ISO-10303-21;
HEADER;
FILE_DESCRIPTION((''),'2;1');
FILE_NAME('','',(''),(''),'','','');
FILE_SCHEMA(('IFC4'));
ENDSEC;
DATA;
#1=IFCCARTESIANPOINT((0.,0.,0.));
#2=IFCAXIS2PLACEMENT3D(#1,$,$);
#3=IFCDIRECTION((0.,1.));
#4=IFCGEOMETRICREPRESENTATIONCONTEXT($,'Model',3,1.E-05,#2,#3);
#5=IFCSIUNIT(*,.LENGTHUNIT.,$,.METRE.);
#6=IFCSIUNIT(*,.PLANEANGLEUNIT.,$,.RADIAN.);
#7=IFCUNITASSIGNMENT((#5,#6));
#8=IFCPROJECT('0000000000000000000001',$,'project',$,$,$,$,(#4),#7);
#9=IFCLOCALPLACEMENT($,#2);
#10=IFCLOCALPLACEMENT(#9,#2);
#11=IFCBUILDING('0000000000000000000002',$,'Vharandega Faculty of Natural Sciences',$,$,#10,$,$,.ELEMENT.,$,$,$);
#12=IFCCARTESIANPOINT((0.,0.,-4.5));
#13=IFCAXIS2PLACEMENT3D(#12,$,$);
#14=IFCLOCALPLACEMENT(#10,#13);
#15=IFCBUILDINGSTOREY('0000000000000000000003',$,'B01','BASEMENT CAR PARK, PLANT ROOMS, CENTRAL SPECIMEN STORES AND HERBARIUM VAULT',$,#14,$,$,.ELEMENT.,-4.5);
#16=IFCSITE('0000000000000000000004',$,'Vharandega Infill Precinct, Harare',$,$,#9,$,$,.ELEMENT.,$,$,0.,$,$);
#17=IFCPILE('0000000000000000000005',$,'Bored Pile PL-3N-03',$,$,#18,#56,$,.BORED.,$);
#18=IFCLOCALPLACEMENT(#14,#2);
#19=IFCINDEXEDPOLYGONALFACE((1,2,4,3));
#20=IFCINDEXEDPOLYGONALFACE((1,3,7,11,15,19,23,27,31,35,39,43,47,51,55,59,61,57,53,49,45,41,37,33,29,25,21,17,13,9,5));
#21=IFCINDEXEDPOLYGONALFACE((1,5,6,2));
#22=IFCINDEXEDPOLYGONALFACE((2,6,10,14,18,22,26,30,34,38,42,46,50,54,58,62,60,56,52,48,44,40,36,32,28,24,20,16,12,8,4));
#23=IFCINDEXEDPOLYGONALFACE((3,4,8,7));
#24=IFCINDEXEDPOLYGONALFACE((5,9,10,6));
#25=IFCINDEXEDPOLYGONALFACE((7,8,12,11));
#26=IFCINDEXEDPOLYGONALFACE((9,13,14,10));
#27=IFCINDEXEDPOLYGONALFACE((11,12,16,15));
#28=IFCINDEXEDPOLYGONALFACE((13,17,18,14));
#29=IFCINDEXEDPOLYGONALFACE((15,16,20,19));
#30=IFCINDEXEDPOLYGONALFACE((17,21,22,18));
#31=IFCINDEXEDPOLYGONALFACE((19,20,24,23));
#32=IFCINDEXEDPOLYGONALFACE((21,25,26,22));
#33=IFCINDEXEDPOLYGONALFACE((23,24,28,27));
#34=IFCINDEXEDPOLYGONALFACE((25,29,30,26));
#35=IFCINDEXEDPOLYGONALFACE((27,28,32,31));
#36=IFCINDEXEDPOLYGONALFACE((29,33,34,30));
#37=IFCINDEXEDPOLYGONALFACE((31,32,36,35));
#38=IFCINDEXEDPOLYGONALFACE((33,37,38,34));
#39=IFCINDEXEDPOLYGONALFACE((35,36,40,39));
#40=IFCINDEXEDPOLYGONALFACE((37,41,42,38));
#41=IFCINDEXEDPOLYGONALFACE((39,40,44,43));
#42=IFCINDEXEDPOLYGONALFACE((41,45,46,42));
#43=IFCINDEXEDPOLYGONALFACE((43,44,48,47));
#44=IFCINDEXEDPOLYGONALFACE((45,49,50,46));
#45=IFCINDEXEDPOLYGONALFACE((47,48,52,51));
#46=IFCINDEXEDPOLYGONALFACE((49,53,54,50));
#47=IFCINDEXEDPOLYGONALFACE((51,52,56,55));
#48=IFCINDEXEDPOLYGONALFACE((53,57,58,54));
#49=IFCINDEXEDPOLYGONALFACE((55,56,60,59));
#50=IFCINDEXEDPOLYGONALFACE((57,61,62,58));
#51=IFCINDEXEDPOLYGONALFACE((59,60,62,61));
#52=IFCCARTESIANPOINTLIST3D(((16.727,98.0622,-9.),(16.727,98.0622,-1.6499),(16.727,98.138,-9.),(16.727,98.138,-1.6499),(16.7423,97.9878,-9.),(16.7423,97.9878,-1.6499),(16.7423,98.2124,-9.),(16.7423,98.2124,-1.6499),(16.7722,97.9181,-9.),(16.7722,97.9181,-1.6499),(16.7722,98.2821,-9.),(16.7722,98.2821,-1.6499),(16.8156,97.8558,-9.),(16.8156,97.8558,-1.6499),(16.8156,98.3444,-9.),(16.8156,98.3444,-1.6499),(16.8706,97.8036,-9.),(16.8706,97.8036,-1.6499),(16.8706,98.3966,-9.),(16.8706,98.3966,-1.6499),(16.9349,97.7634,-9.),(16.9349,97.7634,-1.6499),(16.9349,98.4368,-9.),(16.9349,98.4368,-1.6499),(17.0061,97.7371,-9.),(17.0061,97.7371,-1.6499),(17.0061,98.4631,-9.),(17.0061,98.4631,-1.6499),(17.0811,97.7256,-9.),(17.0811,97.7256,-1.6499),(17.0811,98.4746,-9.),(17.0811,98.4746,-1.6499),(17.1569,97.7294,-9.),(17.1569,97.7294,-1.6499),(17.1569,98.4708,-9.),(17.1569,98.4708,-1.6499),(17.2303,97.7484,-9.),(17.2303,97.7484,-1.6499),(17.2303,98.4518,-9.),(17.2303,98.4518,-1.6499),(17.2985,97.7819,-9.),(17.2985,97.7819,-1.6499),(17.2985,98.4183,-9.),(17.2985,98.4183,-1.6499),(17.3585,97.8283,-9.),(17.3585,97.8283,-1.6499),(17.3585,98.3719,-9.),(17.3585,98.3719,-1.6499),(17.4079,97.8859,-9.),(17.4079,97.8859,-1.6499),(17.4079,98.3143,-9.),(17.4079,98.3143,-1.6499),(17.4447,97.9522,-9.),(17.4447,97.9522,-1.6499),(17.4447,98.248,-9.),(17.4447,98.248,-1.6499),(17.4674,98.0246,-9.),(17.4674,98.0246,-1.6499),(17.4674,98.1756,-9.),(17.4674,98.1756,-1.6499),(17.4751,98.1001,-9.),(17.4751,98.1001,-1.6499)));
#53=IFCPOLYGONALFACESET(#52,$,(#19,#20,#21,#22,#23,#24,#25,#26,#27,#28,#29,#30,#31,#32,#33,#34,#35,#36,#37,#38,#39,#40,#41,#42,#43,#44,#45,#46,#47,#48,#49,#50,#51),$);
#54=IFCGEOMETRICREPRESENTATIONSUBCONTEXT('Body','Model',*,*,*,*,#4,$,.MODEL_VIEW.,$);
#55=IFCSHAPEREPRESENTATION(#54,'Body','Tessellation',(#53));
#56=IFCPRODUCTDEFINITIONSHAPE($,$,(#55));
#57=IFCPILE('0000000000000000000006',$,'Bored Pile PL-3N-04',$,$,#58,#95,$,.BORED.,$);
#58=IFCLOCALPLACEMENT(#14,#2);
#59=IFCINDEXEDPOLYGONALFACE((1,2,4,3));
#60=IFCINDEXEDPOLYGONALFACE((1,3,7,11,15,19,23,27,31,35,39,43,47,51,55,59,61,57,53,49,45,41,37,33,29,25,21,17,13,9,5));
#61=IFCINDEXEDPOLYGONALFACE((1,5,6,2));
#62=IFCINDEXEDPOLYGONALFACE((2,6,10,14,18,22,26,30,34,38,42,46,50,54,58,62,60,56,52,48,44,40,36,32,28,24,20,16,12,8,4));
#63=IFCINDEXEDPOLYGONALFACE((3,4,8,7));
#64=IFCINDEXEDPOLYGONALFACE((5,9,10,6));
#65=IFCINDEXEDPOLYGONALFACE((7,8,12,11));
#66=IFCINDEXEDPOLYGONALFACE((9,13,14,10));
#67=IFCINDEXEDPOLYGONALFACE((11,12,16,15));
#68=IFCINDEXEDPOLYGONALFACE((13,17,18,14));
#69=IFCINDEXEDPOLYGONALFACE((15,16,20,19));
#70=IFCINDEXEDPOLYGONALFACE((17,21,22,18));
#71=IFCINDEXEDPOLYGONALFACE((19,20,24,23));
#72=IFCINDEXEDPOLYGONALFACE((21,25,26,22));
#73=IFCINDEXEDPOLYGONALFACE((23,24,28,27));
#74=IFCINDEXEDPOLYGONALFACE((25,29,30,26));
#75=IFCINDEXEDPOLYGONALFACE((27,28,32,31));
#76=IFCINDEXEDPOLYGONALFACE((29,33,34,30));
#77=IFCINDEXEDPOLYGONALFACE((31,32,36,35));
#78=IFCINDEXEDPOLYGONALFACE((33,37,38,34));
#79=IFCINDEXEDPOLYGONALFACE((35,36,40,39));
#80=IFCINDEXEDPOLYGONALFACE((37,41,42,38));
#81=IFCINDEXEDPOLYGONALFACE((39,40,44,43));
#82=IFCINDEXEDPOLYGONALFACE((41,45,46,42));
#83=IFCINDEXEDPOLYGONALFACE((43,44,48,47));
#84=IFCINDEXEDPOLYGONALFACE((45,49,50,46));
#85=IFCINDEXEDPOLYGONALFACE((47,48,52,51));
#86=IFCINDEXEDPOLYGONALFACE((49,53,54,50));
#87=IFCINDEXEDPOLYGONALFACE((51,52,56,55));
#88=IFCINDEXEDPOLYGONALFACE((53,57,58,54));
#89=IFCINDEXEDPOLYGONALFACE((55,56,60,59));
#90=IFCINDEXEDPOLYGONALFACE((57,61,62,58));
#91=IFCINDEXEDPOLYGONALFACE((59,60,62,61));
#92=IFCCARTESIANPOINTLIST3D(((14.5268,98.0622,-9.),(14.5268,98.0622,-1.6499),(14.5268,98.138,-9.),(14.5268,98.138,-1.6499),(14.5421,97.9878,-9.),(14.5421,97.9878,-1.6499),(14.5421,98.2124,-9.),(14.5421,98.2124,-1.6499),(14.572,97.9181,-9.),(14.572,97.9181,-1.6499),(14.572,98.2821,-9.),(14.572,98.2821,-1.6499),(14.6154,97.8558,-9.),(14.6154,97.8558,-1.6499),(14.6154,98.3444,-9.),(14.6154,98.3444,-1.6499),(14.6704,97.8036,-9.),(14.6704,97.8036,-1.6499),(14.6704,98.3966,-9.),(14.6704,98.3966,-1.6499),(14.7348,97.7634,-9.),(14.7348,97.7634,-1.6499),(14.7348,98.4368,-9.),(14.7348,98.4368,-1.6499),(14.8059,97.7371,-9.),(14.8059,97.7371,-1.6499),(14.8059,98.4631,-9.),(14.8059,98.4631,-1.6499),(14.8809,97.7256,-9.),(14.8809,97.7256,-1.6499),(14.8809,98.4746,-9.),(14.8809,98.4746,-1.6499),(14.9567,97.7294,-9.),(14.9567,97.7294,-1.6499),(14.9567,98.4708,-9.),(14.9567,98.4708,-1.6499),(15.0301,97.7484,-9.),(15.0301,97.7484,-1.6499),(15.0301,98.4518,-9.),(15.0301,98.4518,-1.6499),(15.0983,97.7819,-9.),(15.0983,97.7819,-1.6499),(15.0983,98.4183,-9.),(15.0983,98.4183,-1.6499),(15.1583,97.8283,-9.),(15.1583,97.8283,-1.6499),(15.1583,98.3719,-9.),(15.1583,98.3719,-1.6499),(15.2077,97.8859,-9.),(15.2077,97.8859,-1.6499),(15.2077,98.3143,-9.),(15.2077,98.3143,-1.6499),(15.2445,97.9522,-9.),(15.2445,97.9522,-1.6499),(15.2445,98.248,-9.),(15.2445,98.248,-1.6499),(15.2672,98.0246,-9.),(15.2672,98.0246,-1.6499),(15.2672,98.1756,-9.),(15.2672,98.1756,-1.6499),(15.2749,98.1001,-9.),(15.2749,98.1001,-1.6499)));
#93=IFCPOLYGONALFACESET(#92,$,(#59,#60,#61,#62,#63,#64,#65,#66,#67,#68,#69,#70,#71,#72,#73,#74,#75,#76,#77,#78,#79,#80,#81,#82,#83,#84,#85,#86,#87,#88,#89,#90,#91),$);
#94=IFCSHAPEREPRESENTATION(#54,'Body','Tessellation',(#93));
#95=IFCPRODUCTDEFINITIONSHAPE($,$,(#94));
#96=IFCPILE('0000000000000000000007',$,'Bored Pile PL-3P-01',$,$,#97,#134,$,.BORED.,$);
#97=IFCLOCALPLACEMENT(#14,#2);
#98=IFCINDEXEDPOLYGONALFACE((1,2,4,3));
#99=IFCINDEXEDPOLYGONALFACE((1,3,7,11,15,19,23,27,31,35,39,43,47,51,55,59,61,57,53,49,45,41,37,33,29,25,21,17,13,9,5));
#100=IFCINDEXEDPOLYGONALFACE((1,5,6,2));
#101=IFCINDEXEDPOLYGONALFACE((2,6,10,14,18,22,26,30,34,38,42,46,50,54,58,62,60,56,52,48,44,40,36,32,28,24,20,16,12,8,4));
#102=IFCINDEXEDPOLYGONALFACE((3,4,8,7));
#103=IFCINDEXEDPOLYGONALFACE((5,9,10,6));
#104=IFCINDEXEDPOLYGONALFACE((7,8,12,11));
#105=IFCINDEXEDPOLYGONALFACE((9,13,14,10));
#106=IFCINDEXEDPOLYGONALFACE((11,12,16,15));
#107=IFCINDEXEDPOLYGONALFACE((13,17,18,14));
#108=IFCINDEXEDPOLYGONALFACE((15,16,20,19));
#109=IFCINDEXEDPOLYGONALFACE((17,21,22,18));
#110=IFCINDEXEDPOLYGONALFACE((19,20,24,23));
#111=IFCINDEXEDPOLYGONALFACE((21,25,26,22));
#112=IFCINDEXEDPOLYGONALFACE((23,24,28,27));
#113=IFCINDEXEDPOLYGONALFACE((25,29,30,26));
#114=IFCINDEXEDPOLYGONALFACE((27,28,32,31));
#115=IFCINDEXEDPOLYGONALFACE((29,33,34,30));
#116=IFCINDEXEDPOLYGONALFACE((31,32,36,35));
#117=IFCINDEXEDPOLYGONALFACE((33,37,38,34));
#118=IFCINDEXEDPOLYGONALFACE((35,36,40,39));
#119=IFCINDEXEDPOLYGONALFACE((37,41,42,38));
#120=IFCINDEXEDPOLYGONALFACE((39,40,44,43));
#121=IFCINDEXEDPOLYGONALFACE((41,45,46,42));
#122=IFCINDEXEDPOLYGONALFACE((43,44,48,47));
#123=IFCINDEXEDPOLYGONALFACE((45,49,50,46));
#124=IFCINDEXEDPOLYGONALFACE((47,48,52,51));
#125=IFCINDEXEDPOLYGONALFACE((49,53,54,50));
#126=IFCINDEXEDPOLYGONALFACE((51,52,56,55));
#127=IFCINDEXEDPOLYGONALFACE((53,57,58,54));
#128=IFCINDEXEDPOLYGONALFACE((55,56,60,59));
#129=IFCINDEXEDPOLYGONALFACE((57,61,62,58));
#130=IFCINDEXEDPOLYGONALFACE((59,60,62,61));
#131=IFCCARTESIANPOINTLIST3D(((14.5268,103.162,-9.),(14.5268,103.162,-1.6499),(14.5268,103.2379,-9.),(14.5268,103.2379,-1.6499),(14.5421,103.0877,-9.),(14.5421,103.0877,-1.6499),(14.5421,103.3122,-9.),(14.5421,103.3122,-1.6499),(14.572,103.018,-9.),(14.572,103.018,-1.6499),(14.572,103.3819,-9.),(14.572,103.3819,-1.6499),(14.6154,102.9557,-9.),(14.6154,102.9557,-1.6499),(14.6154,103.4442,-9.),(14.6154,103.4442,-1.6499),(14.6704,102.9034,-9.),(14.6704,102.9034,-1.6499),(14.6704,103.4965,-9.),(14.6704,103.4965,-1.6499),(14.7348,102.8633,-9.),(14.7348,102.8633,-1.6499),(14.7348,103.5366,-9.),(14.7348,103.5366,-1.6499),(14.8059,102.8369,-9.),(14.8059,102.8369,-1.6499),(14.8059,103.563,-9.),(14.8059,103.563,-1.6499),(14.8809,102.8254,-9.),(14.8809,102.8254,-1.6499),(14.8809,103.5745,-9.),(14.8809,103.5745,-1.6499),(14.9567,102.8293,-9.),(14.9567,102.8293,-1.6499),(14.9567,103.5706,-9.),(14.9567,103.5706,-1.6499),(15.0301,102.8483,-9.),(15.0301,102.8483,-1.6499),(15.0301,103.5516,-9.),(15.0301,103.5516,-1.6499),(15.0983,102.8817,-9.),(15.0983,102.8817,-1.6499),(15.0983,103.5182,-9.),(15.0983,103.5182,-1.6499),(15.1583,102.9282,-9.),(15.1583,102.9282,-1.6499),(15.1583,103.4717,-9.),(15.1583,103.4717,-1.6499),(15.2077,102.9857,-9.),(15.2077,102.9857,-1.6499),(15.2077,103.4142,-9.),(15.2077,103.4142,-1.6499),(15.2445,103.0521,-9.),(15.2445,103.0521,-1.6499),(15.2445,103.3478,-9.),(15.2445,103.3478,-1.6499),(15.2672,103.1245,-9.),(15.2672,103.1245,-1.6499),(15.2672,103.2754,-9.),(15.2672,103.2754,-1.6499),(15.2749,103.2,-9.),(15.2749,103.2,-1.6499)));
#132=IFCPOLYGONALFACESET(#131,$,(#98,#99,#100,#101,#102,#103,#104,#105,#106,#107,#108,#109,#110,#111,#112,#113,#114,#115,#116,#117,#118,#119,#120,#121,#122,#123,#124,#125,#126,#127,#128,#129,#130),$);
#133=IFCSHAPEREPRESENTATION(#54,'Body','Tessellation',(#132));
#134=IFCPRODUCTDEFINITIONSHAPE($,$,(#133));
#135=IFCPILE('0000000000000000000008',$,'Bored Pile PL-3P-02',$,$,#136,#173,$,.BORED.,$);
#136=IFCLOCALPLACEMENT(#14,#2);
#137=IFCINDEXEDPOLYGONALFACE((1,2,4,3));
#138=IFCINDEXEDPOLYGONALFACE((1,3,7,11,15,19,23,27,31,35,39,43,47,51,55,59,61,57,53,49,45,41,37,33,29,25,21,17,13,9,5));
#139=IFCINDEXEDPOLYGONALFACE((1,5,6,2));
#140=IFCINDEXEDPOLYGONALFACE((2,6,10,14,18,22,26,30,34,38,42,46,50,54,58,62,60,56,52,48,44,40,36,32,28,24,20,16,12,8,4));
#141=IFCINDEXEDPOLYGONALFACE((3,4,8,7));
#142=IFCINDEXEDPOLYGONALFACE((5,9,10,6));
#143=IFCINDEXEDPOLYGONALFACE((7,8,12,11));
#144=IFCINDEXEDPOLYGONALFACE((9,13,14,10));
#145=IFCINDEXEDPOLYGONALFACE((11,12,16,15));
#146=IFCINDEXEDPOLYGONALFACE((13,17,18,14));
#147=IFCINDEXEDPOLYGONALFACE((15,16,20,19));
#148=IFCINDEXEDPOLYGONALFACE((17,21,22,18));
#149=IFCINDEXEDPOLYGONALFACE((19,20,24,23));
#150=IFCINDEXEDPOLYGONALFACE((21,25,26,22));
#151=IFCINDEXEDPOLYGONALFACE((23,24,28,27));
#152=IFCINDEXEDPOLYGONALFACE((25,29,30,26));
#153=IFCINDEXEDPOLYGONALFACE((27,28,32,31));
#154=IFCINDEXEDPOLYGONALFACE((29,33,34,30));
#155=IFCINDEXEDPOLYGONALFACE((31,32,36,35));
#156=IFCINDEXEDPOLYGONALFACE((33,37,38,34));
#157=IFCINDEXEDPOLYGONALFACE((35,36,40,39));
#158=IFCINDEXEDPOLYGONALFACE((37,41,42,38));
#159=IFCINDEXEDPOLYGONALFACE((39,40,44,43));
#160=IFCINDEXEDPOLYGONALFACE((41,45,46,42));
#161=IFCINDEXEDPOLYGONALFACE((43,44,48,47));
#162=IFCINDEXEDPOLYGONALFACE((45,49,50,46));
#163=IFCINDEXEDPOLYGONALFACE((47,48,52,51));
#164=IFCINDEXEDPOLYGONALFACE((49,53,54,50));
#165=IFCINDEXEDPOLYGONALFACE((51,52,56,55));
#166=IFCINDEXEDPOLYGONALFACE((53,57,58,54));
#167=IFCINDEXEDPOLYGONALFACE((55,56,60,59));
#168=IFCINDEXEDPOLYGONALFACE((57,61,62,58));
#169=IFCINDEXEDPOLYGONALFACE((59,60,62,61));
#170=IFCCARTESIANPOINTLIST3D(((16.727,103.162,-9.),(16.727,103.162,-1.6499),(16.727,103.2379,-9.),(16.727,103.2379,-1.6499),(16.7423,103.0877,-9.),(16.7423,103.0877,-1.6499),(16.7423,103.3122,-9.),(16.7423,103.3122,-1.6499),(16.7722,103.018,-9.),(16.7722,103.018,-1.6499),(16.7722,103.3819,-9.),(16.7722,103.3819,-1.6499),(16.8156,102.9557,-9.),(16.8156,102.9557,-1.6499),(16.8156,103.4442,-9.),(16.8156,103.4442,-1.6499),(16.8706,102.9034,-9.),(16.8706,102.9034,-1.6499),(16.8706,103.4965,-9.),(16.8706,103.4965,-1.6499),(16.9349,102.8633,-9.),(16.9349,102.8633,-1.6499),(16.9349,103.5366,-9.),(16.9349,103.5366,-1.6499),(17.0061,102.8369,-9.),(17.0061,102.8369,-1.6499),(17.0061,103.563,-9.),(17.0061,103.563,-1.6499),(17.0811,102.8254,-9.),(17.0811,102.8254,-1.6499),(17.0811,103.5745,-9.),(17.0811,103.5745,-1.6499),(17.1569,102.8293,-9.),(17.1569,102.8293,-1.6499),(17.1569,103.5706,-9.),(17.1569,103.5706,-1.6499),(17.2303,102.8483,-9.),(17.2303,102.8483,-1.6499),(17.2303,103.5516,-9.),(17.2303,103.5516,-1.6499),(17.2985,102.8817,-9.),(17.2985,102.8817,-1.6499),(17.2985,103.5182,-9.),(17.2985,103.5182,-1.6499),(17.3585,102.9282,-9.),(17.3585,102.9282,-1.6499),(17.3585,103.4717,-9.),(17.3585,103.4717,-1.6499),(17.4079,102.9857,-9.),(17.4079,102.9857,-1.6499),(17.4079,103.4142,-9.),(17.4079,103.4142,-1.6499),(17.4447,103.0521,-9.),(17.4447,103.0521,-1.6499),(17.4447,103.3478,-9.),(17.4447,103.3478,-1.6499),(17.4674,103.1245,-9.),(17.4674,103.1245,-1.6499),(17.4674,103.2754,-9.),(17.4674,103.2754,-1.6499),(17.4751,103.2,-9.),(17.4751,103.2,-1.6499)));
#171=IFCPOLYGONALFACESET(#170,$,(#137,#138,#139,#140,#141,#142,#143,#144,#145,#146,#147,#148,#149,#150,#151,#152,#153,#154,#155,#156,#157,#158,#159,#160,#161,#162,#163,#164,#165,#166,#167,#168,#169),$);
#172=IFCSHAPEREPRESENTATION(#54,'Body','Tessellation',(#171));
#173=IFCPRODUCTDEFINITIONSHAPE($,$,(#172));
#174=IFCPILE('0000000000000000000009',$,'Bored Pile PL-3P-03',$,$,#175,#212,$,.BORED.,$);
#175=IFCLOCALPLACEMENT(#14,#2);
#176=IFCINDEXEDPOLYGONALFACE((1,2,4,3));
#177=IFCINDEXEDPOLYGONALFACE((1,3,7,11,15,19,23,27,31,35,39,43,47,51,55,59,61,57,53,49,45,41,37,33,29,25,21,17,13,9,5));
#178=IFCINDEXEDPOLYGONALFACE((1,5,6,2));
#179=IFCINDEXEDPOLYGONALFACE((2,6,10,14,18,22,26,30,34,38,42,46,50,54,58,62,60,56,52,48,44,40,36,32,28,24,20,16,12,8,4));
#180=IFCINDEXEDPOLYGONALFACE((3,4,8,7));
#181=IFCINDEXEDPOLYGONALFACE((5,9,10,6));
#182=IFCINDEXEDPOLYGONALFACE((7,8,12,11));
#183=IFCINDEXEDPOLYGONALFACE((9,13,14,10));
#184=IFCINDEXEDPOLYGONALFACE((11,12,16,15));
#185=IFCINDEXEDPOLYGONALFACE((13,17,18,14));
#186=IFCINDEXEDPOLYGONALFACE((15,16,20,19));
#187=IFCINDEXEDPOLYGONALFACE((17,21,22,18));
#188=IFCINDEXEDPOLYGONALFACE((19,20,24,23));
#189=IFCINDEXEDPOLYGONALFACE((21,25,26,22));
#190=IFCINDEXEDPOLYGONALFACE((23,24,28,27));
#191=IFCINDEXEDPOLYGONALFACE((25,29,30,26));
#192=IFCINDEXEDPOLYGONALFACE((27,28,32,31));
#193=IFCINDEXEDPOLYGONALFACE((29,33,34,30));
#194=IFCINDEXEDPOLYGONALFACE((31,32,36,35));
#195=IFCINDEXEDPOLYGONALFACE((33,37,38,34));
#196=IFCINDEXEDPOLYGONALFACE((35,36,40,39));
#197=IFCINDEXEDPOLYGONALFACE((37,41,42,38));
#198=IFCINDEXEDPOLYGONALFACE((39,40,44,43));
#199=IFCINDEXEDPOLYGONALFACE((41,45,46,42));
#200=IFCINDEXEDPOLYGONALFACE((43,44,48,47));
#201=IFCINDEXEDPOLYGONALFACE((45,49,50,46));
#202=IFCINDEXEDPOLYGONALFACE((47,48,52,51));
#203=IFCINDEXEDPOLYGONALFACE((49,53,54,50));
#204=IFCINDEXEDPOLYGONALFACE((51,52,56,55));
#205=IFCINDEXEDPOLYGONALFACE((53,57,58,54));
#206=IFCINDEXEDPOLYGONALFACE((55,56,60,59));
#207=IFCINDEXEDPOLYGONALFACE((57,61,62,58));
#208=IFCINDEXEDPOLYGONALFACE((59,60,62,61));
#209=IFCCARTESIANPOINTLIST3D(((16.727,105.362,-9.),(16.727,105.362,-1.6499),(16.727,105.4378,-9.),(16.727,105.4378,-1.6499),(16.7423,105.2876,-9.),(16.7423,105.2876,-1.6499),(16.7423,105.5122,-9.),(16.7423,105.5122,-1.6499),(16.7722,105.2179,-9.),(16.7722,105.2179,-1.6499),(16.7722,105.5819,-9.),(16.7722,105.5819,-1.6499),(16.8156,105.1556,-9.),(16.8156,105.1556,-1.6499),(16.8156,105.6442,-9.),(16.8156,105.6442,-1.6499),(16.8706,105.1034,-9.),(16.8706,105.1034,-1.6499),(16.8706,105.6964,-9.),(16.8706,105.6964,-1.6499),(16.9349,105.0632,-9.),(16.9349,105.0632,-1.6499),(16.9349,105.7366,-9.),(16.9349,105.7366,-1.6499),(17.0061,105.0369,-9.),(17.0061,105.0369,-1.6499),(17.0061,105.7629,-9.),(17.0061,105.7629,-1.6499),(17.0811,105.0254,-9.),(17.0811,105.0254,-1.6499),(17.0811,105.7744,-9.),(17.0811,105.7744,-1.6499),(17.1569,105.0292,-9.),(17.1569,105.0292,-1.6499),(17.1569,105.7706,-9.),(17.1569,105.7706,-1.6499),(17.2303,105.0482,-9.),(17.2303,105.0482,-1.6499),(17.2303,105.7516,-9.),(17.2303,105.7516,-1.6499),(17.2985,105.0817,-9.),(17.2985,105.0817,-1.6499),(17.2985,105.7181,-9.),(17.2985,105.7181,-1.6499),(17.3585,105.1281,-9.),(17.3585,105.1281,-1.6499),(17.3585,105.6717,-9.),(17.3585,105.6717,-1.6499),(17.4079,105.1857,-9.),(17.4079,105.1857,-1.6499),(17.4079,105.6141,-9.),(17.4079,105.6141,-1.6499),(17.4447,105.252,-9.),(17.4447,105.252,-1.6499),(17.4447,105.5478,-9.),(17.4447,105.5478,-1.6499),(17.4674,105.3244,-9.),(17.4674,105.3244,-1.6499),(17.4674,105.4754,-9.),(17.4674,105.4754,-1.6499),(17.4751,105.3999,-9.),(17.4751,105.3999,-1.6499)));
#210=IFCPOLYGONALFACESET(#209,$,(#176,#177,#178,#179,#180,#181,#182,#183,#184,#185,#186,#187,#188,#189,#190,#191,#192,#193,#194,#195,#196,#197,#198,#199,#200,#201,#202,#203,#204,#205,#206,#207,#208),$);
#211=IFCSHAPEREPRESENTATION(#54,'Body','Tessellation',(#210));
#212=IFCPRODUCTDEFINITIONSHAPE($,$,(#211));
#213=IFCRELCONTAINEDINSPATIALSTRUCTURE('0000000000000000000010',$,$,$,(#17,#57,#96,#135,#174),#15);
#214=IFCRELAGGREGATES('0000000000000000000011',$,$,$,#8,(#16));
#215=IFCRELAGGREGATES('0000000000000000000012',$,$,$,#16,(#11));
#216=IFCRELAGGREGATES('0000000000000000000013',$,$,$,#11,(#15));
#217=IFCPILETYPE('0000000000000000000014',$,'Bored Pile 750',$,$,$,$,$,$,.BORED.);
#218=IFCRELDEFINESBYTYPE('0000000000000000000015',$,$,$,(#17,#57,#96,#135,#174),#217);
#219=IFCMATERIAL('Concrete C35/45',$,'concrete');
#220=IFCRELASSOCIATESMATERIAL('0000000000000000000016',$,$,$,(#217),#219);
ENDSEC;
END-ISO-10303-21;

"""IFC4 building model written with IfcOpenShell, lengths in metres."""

from ifc_helpers import new_model, si_unit, direction, frame, origin, origin_2d, place, context, subcontext, project, spatial, circle, extrude, material, material_profile, profile_set, type_object, element, save


model = new_model("IFC4")

# Units and contexts
model_context = context("Model", 3, precision=1e-05, world=origin(), true_north=direction((0.0, 1.0)))
body_context = subcontext(model_context, "Body", "Model", "MODEL_VIEW")
ifc_project = project(units=[si_unit("LENGTHUNIT", "METRE"), si_unit("PLANEANGLEUNIT", "RADIAN")], contexts=[model_context])

# Site, building, storey
site_placement = place(None, origin())
site = spatial("IfcSite", under=ifc_project, at=site_placement, Name="Vharandega Infill Precinct, Harare", CompositionType="ELEMENT", RefElevation=0.0)
building_placement = place(site_placement, origin())
building = spatial("IfcBuilding", under=site, at=building_placement, Name="Vharandega Faculty of Natural Sciences", CompositionType="ELEMENT")
storey_placement = place(building_placement, frame((0.0, 0.0, -4.5)))
storey = spatial("IfcBuildingStorey", under=building, at=storey_placement, Name="B01", Description="BASEMENT CAR PARK, PLANT ROOMS, CENTRAL SPECIMEN STORES AND HERBARIUM VAULT", CompositionType="ELEMENT", Elevation=-4.5)

# Piles
ifc_material_1 = material(Name="Concrete C35/45", Category="concrete")
ifc_material_profile_1 = material_profile(ifc_material_1, circle(Radius=0.375, at=origin_2d()), Name="PILE 750")
ifc_profile_set_1 = profile_set([ifc_material_profile_1], Name="Concrete C35/45")
pile_type = type_object("IfcPileType", Name="Bored Pile 750", PredefinedType="BORED", material=ifc_profile_set_1)
for number, where, z_axis, x_axis, name in (
    (1, (17.1001, 98.1001, -1.6499), (0.0, 0.0, -1.0), (1.0, 0.0, 0.0), "Bored Pile PL-3N-03"),
    (2, (14.8999, 98.1001, -1.6499), (0.0, 0.0, -1.0), (1.0, 0.0, 0.0), "Bored Pile PL-3N-04"),
    (3, (14.8999, 103.2, -1.6499), (0.0, 0.0, -1.0), (1.0, 0.0, 0.0), "Bored Pile PL-3P-01"),
    (4, (17.1001, 103.2, -1.6499), (0.0, 0.0, -1.0), (1.0, 0.0, 0.0), "Bored Pile PL-3P-02"),
    (5, (17.1001, 105.3999, -1.6499), (0.0, 0.0, -1.0), (1.0, 0.0, 0.0), "Bored Pile PL-3P-03"),
):
    element("IfcPile", number, at=place(storey_placement, frame(where, z_axis=z_axis, x_axis=x_axis)), inside=storey, type_object=pile_type, Name=name, PredefinedType="BORED", context=body_context, shape_type="SweptSolid", body=[
        extrude(circle(Radius=0.375, at=origin_2d()), origin(), (0.0, 0.0, 1.0), 7.3501),
    ])

save(model, "model.ifc")
